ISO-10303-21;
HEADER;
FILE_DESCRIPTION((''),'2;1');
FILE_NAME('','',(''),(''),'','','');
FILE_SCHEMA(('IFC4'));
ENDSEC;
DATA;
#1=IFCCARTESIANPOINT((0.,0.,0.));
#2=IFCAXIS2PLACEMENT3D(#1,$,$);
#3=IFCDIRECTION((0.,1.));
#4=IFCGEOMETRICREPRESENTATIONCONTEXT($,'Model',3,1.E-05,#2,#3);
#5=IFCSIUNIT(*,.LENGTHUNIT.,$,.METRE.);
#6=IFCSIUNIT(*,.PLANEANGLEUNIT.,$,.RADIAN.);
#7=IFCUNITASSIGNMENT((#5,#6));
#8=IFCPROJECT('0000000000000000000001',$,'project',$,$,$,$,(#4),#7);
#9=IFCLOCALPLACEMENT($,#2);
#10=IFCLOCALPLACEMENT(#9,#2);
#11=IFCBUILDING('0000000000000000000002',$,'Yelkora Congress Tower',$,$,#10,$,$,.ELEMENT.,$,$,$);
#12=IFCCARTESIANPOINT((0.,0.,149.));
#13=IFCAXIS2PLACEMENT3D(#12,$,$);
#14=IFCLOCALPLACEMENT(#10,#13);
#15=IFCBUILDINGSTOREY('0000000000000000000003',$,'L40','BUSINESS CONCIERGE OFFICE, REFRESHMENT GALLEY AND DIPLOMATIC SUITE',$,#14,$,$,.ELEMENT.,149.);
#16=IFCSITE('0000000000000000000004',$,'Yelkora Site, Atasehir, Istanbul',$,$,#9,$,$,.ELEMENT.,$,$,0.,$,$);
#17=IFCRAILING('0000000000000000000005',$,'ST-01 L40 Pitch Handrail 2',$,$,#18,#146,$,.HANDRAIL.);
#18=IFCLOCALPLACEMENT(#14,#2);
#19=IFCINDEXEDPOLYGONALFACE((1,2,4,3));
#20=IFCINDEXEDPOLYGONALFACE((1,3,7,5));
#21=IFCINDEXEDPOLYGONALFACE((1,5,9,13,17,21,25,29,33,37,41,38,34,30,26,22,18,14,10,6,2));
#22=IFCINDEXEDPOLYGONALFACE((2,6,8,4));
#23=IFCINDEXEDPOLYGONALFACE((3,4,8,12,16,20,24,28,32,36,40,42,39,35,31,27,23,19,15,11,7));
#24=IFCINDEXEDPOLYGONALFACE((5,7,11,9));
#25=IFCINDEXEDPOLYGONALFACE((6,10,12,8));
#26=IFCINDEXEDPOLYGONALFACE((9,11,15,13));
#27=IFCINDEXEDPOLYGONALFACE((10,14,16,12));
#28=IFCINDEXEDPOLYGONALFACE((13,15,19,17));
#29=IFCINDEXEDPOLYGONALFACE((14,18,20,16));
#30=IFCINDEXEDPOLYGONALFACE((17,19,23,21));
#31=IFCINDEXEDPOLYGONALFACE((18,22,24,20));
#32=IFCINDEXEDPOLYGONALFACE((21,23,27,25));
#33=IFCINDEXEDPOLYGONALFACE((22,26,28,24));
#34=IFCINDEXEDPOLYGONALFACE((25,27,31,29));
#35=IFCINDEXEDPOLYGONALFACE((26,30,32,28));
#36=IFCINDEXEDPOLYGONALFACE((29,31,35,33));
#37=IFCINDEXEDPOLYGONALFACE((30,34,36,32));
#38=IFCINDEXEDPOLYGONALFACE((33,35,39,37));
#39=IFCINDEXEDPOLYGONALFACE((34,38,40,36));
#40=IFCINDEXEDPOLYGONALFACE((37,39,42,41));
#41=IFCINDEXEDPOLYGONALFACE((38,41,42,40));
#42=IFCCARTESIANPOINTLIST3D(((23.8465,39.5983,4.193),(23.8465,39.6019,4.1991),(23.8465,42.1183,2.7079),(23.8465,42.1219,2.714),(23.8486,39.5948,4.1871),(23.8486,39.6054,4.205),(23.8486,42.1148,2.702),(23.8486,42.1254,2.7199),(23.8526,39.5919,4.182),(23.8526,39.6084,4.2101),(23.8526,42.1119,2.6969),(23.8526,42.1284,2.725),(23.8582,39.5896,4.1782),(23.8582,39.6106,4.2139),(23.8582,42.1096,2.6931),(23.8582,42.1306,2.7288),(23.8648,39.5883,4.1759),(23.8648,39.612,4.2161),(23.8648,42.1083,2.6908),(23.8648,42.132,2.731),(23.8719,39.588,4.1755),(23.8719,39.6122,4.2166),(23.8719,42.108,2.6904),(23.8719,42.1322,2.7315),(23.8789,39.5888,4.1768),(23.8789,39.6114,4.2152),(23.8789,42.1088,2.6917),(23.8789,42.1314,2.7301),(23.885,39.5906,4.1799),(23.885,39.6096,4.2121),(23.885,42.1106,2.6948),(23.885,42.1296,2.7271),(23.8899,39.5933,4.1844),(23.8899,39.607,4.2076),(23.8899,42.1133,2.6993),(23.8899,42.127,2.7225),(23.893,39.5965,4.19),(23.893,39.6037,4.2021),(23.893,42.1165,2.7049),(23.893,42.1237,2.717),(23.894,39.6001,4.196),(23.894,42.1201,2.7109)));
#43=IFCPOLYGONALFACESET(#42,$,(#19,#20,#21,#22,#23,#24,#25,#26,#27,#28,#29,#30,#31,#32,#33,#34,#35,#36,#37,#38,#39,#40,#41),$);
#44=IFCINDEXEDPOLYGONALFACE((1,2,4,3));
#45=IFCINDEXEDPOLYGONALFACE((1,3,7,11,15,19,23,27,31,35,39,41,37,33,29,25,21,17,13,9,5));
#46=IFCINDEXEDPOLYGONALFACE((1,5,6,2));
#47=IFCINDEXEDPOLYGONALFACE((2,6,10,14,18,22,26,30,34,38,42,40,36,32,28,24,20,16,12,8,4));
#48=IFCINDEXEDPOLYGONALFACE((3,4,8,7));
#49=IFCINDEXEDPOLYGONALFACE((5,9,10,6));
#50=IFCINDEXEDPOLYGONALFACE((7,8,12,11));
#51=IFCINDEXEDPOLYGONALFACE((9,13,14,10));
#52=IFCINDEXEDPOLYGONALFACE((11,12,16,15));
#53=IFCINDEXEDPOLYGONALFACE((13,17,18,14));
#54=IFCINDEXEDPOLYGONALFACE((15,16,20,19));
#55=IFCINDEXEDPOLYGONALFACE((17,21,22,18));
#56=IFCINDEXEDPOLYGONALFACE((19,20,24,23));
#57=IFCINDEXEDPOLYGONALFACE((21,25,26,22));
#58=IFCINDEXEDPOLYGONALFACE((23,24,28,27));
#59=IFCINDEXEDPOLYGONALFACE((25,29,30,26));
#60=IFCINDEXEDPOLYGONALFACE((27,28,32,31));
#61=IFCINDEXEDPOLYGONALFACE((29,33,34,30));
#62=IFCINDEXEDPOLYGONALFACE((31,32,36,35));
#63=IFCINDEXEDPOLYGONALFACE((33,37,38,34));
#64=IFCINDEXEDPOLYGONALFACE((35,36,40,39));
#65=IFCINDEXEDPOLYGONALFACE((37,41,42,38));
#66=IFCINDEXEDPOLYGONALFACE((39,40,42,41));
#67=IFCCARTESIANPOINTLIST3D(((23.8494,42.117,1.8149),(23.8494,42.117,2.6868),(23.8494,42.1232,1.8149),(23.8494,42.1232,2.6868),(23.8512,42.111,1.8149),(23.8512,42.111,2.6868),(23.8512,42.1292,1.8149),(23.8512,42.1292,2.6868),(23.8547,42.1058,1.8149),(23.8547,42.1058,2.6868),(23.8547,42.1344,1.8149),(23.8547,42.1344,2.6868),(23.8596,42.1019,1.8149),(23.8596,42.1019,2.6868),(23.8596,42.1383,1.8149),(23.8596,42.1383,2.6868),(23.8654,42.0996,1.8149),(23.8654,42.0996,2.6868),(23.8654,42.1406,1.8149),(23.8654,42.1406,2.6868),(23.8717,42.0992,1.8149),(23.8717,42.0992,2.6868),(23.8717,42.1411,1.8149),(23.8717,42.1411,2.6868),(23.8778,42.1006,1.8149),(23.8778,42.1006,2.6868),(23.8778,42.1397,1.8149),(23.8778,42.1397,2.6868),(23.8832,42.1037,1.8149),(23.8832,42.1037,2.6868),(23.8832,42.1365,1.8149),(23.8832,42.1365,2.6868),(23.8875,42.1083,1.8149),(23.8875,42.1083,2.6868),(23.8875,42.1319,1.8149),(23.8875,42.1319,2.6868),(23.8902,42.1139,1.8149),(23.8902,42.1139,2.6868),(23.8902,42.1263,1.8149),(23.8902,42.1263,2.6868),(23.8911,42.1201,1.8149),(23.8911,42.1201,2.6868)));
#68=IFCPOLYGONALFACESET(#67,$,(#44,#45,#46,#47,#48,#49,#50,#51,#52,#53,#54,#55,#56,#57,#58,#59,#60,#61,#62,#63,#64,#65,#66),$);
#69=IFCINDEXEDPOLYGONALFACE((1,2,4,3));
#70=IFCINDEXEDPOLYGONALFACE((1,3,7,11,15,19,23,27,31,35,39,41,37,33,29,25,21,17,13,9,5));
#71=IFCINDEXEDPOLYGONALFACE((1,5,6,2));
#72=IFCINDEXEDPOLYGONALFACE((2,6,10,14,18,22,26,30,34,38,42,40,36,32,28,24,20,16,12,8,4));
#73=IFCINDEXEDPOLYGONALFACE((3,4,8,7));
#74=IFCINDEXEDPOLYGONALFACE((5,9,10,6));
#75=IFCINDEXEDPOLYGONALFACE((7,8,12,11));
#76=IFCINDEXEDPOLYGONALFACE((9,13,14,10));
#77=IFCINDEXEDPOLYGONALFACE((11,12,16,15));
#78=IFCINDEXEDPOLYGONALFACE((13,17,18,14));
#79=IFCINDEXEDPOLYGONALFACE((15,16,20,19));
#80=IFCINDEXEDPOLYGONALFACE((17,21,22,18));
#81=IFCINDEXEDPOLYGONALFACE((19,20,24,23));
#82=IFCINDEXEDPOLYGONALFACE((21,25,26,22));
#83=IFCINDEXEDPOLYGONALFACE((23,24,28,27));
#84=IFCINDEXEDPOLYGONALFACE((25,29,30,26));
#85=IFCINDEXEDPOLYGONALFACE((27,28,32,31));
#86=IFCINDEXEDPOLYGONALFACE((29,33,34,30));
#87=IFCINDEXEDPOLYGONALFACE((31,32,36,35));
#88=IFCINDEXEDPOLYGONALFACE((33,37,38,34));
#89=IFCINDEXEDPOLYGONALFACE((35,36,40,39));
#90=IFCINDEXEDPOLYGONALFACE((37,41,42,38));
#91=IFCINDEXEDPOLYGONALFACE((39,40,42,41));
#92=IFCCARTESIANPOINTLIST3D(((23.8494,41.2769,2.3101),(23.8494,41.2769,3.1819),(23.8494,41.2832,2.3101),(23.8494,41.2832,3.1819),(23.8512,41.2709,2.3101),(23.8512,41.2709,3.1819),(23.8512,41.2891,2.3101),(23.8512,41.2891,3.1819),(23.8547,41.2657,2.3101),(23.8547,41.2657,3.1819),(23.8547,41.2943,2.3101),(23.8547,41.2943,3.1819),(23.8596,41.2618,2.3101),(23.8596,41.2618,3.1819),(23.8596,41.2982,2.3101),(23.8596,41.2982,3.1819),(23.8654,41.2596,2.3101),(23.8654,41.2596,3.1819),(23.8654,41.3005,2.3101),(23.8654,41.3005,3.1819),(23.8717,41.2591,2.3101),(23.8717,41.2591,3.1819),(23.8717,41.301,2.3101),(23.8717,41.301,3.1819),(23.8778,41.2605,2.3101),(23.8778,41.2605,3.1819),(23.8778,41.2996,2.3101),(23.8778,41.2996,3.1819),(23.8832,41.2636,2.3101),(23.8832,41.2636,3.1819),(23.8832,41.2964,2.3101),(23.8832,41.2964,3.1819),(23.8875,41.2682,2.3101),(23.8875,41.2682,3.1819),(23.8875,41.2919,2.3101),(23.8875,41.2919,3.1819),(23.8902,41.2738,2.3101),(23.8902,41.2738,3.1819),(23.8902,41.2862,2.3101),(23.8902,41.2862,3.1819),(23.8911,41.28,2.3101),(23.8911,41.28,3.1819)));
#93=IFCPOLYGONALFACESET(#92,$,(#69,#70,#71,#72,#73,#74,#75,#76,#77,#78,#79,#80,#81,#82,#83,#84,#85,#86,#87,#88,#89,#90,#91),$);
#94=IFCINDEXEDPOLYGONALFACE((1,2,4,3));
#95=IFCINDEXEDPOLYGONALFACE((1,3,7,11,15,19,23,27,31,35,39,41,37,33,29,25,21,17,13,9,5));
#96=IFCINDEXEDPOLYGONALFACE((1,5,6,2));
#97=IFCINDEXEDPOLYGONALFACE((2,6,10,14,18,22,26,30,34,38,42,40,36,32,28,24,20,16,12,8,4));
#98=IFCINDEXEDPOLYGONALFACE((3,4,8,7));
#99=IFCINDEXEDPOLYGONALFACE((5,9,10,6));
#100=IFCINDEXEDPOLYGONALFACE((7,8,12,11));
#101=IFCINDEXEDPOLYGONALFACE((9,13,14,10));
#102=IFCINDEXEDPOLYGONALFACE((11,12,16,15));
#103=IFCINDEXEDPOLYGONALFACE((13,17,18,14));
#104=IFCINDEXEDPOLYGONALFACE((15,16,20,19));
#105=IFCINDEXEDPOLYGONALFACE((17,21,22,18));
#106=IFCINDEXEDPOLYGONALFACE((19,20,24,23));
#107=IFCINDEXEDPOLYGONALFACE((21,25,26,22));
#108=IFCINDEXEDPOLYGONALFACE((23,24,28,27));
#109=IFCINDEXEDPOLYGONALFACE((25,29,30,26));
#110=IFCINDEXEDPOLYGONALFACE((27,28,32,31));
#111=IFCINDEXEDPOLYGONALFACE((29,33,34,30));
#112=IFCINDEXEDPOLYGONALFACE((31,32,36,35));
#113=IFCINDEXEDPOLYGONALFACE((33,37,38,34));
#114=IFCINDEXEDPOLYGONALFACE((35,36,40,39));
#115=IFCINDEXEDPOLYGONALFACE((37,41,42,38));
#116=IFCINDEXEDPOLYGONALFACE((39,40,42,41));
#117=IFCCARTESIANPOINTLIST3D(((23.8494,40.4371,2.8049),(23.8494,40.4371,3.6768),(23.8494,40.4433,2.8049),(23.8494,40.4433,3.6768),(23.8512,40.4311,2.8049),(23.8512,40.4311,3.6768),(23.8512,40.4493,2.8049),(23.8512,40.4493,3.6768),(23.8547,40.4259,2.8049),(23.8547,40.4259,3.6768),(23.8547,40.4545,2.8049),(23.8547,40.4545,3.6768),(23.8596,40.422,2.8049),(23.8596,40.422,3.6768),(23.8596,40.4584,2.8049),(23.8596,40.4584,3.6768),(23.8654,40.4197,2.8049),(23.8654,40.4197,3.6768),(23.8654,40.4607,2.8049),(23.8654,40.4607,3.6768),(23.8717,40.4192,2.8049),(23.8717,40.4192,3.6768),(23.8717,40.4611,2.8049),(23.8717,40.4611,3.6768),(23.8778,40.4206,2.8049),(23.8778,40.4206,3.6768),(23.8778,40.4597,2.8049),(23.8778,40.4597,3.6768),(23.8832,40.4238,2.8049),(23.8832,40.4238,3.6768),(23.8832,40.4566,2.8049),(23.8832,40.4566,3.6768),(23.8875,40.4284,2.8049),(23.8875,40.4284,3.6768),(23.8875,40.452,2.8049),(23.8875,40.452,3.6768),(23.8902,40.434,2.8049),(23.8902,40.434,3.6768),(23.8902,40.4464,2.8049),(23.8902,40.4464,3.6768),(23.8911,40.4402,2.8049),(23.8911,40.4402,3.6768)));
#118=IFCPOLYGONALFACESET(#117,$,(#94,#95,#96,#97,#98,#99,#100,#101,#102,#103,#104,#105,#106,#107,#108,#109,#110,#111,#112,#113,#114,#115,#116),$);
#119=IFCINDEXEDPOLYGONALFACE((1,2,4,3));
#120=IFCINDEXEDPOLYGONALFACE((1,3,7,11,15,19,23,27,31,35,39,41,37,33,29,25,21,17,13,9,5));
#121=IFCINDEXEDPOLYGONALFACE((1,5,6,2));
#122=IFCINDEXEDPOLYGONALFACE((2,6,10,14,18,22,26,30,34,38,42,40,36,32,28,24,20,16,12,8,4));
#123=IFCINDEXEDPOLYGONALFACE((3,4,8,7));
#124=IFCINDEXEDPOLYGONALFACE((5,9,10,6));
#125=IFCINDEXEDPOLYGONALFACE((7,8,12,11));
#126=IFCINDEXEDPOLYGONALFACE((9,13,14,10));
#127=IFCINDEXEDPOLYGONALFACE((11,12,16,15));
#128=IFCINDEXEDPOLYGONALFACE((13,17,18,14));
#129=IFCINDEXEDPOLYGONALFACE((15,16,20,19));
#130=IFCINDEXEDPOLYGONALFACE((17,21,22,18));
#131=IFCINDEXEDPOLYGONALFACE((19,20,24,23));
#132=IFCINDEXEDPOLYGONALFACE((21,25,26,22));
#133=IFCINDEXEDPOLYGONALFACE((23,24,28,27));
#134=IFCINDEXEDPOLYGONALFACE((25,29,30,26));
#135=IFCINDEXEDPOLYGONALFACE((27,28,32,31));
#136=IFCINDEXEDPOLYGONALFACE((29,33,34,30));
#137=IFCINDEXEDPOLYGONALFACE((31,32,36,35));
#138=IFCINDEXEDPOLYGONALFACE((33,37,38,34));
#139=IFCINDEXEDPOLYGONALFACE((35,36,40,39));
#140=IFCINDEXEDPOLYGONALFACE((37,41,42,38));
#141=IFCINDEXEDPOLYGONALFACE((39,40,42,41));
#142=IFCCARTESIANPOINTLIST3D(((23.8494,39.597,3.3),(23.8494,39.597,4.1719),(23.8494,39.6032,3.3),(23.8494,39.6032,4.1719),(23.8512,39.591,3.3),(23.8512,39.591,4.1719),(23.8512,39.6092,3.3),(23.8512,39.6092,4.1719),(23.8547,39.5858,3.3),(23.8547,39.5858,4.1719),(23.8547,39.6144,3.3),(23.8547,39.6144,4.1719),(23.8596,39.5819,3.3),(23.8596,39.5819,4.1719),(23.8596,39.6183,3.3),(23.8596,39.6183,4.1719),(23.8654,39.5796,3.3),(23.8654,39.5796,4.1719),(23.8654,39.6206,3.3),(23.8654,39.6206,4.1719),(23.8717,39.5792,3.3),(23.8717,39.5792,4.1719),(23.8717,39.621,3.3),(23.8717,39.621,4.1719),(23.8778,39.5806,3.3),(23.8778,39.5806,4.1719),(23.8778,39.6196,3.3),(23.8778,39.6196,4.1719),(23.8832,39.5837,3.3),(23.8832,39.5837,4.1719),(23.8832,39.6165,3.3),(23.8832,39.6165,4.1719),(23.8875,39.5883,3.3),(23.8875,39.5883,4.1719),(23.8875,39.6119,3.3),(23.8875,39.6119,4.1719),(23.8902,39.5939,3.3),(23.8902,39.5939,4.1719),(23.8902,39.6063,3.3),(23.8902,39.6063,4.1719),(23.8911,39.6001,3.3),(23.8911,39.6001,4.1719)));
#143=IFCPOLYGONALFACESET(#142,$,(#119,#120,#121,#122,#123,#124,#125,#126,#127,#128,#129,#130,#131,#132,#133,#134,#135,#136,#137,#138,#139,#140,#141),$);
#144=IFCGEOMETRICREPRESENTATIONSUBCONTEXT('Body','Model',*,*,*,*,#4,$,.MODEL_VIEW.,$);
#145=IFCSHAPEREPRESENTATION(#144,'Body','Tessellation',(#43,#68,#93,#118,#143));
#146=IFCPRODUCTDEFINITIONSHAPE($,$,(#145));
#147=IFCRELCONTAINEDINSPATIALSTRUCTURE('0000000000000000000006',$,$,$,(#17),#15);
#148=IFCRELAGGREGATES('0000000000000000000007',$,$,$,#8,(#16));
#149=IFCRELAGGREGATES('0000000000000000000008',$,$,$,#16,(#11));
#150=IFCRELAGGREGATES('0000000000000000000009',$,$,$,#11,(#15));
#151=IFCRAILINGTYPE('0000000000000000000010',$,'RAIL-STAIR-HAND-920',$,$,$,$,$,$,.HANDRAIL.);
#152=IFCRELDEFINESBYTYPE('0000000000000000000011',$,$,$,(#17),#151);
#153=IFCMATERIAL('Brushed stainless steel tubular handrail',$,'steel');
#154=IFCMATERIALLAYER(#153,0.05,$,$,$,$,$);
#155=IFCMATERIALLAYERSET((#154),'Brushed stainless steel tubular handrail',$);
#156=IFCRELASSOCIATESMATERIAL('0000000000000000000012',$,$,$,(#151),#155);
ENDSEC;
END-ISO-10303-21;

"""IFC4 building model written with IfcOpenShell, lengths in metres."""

from ifc_helpers import new_model, si_unit, direction, frame, origin, origin_2d, place, context, subcontext, project, spatial, circle, extrude, material, layer, layer_set, type_object, element, save


model = new_model("IFC4")

# Units and contexts
model_context = context("Model", 3, precision=1e-05, world=origin(), true_north=direction((0.0, 1.0)))
body_context = subcontext(model_context, "Body", "Model", "MODEL_VIEW")
ifc_project = project(units=[si_unit("LENGTHUNIT", "METRE"), si_unit("PLANEANGLEUNIT", "RADIAN")], contexts=[model_context])

# Site, building, storey
site_placement = place(None, origin())
site = spatial("IfcSite", under=ifc_project, at=site_placement, Name="Yelkora Site, Atasehir, Istanbul", CompositionType="ELEMENT", RefElevation=0.0)
building_placement = place(site_placement, origin())
building = spatial("IfcBuilding", under=site, at=building_placement, Name="Yelkora Congress Tower", CompositionType="ELEMENT")
storey_placement = place(building_placement, frame((0.0, 0.0, 149.0)))
storey = spatial("IfcBuildingStorey", under=building, at=storey_placement, Name="L40", Description="BUSINESS CONCIERGE OFFICE, REFRESHMENT GALLEY AND DIPLOMATIC SUITE", CompositionType="ELEMENT", Elevation=149.0)

# Railing
ifc_material_1 = material(Name="Brushed stainless steel tubular handrail", Category="steel")
ifc_layer_1 = layer(ifc_material_1, 0.05)
ifc_layer_set_1 = layer_set([ifc_layer_1], Name="Brushed stainless steel tubular handrail")
railing_type_1 = type_object("IfcRailingType", Name="RAIL-STAIR-HAND-920", PredefinedType="HANDRAIL", material=ifc_layer_set_1)
railing_1_placement = place(storey_placement, frame((23.8701, 42.1201, 1.8149)))
element("IfcRailing", 1, at=railing_1_placement, inside=storey, type_object=railing_type_1, Name="ST-01 L40 Pitch Handrail 2", PredefinedType="HANDRAIL", context=body_context, shape_type="SweptSolid", body=[
    extrude(circle(Radius=0.0239, at=origin_2d()), frame((0.0, 0.0, 0.896), z_axis=(0.0, -0.861524, 0.507717), x_axis=(1.0, 0.0, 0.0)), (0.0, 0.0, 1.0), 2.925),
    extrude(circle(Radius=0.021, at=origin_2d()), origin(), (0.0, 0.0, 1.0), 0.8718),
    extrude(circle(Radius=0.021, at=origin_2d()), frame((0.0, -0.8401, 0.4951)), (0.0, 0.0, 1.0), 0.8718),
    extrude(circle(Radius=0.021, at=origin_2d()), frame((0.0, -1.6799, 0.99)), (0.0, 0.0, 1.0), 0.8718),
    extrude(circle(Radius=0.021, at=origin_2d()), frame((0.0, -2.52, 1.4851)), (0.0, 0.0, 1.0), 0.8718),
])

save(model, "model.ifc")
